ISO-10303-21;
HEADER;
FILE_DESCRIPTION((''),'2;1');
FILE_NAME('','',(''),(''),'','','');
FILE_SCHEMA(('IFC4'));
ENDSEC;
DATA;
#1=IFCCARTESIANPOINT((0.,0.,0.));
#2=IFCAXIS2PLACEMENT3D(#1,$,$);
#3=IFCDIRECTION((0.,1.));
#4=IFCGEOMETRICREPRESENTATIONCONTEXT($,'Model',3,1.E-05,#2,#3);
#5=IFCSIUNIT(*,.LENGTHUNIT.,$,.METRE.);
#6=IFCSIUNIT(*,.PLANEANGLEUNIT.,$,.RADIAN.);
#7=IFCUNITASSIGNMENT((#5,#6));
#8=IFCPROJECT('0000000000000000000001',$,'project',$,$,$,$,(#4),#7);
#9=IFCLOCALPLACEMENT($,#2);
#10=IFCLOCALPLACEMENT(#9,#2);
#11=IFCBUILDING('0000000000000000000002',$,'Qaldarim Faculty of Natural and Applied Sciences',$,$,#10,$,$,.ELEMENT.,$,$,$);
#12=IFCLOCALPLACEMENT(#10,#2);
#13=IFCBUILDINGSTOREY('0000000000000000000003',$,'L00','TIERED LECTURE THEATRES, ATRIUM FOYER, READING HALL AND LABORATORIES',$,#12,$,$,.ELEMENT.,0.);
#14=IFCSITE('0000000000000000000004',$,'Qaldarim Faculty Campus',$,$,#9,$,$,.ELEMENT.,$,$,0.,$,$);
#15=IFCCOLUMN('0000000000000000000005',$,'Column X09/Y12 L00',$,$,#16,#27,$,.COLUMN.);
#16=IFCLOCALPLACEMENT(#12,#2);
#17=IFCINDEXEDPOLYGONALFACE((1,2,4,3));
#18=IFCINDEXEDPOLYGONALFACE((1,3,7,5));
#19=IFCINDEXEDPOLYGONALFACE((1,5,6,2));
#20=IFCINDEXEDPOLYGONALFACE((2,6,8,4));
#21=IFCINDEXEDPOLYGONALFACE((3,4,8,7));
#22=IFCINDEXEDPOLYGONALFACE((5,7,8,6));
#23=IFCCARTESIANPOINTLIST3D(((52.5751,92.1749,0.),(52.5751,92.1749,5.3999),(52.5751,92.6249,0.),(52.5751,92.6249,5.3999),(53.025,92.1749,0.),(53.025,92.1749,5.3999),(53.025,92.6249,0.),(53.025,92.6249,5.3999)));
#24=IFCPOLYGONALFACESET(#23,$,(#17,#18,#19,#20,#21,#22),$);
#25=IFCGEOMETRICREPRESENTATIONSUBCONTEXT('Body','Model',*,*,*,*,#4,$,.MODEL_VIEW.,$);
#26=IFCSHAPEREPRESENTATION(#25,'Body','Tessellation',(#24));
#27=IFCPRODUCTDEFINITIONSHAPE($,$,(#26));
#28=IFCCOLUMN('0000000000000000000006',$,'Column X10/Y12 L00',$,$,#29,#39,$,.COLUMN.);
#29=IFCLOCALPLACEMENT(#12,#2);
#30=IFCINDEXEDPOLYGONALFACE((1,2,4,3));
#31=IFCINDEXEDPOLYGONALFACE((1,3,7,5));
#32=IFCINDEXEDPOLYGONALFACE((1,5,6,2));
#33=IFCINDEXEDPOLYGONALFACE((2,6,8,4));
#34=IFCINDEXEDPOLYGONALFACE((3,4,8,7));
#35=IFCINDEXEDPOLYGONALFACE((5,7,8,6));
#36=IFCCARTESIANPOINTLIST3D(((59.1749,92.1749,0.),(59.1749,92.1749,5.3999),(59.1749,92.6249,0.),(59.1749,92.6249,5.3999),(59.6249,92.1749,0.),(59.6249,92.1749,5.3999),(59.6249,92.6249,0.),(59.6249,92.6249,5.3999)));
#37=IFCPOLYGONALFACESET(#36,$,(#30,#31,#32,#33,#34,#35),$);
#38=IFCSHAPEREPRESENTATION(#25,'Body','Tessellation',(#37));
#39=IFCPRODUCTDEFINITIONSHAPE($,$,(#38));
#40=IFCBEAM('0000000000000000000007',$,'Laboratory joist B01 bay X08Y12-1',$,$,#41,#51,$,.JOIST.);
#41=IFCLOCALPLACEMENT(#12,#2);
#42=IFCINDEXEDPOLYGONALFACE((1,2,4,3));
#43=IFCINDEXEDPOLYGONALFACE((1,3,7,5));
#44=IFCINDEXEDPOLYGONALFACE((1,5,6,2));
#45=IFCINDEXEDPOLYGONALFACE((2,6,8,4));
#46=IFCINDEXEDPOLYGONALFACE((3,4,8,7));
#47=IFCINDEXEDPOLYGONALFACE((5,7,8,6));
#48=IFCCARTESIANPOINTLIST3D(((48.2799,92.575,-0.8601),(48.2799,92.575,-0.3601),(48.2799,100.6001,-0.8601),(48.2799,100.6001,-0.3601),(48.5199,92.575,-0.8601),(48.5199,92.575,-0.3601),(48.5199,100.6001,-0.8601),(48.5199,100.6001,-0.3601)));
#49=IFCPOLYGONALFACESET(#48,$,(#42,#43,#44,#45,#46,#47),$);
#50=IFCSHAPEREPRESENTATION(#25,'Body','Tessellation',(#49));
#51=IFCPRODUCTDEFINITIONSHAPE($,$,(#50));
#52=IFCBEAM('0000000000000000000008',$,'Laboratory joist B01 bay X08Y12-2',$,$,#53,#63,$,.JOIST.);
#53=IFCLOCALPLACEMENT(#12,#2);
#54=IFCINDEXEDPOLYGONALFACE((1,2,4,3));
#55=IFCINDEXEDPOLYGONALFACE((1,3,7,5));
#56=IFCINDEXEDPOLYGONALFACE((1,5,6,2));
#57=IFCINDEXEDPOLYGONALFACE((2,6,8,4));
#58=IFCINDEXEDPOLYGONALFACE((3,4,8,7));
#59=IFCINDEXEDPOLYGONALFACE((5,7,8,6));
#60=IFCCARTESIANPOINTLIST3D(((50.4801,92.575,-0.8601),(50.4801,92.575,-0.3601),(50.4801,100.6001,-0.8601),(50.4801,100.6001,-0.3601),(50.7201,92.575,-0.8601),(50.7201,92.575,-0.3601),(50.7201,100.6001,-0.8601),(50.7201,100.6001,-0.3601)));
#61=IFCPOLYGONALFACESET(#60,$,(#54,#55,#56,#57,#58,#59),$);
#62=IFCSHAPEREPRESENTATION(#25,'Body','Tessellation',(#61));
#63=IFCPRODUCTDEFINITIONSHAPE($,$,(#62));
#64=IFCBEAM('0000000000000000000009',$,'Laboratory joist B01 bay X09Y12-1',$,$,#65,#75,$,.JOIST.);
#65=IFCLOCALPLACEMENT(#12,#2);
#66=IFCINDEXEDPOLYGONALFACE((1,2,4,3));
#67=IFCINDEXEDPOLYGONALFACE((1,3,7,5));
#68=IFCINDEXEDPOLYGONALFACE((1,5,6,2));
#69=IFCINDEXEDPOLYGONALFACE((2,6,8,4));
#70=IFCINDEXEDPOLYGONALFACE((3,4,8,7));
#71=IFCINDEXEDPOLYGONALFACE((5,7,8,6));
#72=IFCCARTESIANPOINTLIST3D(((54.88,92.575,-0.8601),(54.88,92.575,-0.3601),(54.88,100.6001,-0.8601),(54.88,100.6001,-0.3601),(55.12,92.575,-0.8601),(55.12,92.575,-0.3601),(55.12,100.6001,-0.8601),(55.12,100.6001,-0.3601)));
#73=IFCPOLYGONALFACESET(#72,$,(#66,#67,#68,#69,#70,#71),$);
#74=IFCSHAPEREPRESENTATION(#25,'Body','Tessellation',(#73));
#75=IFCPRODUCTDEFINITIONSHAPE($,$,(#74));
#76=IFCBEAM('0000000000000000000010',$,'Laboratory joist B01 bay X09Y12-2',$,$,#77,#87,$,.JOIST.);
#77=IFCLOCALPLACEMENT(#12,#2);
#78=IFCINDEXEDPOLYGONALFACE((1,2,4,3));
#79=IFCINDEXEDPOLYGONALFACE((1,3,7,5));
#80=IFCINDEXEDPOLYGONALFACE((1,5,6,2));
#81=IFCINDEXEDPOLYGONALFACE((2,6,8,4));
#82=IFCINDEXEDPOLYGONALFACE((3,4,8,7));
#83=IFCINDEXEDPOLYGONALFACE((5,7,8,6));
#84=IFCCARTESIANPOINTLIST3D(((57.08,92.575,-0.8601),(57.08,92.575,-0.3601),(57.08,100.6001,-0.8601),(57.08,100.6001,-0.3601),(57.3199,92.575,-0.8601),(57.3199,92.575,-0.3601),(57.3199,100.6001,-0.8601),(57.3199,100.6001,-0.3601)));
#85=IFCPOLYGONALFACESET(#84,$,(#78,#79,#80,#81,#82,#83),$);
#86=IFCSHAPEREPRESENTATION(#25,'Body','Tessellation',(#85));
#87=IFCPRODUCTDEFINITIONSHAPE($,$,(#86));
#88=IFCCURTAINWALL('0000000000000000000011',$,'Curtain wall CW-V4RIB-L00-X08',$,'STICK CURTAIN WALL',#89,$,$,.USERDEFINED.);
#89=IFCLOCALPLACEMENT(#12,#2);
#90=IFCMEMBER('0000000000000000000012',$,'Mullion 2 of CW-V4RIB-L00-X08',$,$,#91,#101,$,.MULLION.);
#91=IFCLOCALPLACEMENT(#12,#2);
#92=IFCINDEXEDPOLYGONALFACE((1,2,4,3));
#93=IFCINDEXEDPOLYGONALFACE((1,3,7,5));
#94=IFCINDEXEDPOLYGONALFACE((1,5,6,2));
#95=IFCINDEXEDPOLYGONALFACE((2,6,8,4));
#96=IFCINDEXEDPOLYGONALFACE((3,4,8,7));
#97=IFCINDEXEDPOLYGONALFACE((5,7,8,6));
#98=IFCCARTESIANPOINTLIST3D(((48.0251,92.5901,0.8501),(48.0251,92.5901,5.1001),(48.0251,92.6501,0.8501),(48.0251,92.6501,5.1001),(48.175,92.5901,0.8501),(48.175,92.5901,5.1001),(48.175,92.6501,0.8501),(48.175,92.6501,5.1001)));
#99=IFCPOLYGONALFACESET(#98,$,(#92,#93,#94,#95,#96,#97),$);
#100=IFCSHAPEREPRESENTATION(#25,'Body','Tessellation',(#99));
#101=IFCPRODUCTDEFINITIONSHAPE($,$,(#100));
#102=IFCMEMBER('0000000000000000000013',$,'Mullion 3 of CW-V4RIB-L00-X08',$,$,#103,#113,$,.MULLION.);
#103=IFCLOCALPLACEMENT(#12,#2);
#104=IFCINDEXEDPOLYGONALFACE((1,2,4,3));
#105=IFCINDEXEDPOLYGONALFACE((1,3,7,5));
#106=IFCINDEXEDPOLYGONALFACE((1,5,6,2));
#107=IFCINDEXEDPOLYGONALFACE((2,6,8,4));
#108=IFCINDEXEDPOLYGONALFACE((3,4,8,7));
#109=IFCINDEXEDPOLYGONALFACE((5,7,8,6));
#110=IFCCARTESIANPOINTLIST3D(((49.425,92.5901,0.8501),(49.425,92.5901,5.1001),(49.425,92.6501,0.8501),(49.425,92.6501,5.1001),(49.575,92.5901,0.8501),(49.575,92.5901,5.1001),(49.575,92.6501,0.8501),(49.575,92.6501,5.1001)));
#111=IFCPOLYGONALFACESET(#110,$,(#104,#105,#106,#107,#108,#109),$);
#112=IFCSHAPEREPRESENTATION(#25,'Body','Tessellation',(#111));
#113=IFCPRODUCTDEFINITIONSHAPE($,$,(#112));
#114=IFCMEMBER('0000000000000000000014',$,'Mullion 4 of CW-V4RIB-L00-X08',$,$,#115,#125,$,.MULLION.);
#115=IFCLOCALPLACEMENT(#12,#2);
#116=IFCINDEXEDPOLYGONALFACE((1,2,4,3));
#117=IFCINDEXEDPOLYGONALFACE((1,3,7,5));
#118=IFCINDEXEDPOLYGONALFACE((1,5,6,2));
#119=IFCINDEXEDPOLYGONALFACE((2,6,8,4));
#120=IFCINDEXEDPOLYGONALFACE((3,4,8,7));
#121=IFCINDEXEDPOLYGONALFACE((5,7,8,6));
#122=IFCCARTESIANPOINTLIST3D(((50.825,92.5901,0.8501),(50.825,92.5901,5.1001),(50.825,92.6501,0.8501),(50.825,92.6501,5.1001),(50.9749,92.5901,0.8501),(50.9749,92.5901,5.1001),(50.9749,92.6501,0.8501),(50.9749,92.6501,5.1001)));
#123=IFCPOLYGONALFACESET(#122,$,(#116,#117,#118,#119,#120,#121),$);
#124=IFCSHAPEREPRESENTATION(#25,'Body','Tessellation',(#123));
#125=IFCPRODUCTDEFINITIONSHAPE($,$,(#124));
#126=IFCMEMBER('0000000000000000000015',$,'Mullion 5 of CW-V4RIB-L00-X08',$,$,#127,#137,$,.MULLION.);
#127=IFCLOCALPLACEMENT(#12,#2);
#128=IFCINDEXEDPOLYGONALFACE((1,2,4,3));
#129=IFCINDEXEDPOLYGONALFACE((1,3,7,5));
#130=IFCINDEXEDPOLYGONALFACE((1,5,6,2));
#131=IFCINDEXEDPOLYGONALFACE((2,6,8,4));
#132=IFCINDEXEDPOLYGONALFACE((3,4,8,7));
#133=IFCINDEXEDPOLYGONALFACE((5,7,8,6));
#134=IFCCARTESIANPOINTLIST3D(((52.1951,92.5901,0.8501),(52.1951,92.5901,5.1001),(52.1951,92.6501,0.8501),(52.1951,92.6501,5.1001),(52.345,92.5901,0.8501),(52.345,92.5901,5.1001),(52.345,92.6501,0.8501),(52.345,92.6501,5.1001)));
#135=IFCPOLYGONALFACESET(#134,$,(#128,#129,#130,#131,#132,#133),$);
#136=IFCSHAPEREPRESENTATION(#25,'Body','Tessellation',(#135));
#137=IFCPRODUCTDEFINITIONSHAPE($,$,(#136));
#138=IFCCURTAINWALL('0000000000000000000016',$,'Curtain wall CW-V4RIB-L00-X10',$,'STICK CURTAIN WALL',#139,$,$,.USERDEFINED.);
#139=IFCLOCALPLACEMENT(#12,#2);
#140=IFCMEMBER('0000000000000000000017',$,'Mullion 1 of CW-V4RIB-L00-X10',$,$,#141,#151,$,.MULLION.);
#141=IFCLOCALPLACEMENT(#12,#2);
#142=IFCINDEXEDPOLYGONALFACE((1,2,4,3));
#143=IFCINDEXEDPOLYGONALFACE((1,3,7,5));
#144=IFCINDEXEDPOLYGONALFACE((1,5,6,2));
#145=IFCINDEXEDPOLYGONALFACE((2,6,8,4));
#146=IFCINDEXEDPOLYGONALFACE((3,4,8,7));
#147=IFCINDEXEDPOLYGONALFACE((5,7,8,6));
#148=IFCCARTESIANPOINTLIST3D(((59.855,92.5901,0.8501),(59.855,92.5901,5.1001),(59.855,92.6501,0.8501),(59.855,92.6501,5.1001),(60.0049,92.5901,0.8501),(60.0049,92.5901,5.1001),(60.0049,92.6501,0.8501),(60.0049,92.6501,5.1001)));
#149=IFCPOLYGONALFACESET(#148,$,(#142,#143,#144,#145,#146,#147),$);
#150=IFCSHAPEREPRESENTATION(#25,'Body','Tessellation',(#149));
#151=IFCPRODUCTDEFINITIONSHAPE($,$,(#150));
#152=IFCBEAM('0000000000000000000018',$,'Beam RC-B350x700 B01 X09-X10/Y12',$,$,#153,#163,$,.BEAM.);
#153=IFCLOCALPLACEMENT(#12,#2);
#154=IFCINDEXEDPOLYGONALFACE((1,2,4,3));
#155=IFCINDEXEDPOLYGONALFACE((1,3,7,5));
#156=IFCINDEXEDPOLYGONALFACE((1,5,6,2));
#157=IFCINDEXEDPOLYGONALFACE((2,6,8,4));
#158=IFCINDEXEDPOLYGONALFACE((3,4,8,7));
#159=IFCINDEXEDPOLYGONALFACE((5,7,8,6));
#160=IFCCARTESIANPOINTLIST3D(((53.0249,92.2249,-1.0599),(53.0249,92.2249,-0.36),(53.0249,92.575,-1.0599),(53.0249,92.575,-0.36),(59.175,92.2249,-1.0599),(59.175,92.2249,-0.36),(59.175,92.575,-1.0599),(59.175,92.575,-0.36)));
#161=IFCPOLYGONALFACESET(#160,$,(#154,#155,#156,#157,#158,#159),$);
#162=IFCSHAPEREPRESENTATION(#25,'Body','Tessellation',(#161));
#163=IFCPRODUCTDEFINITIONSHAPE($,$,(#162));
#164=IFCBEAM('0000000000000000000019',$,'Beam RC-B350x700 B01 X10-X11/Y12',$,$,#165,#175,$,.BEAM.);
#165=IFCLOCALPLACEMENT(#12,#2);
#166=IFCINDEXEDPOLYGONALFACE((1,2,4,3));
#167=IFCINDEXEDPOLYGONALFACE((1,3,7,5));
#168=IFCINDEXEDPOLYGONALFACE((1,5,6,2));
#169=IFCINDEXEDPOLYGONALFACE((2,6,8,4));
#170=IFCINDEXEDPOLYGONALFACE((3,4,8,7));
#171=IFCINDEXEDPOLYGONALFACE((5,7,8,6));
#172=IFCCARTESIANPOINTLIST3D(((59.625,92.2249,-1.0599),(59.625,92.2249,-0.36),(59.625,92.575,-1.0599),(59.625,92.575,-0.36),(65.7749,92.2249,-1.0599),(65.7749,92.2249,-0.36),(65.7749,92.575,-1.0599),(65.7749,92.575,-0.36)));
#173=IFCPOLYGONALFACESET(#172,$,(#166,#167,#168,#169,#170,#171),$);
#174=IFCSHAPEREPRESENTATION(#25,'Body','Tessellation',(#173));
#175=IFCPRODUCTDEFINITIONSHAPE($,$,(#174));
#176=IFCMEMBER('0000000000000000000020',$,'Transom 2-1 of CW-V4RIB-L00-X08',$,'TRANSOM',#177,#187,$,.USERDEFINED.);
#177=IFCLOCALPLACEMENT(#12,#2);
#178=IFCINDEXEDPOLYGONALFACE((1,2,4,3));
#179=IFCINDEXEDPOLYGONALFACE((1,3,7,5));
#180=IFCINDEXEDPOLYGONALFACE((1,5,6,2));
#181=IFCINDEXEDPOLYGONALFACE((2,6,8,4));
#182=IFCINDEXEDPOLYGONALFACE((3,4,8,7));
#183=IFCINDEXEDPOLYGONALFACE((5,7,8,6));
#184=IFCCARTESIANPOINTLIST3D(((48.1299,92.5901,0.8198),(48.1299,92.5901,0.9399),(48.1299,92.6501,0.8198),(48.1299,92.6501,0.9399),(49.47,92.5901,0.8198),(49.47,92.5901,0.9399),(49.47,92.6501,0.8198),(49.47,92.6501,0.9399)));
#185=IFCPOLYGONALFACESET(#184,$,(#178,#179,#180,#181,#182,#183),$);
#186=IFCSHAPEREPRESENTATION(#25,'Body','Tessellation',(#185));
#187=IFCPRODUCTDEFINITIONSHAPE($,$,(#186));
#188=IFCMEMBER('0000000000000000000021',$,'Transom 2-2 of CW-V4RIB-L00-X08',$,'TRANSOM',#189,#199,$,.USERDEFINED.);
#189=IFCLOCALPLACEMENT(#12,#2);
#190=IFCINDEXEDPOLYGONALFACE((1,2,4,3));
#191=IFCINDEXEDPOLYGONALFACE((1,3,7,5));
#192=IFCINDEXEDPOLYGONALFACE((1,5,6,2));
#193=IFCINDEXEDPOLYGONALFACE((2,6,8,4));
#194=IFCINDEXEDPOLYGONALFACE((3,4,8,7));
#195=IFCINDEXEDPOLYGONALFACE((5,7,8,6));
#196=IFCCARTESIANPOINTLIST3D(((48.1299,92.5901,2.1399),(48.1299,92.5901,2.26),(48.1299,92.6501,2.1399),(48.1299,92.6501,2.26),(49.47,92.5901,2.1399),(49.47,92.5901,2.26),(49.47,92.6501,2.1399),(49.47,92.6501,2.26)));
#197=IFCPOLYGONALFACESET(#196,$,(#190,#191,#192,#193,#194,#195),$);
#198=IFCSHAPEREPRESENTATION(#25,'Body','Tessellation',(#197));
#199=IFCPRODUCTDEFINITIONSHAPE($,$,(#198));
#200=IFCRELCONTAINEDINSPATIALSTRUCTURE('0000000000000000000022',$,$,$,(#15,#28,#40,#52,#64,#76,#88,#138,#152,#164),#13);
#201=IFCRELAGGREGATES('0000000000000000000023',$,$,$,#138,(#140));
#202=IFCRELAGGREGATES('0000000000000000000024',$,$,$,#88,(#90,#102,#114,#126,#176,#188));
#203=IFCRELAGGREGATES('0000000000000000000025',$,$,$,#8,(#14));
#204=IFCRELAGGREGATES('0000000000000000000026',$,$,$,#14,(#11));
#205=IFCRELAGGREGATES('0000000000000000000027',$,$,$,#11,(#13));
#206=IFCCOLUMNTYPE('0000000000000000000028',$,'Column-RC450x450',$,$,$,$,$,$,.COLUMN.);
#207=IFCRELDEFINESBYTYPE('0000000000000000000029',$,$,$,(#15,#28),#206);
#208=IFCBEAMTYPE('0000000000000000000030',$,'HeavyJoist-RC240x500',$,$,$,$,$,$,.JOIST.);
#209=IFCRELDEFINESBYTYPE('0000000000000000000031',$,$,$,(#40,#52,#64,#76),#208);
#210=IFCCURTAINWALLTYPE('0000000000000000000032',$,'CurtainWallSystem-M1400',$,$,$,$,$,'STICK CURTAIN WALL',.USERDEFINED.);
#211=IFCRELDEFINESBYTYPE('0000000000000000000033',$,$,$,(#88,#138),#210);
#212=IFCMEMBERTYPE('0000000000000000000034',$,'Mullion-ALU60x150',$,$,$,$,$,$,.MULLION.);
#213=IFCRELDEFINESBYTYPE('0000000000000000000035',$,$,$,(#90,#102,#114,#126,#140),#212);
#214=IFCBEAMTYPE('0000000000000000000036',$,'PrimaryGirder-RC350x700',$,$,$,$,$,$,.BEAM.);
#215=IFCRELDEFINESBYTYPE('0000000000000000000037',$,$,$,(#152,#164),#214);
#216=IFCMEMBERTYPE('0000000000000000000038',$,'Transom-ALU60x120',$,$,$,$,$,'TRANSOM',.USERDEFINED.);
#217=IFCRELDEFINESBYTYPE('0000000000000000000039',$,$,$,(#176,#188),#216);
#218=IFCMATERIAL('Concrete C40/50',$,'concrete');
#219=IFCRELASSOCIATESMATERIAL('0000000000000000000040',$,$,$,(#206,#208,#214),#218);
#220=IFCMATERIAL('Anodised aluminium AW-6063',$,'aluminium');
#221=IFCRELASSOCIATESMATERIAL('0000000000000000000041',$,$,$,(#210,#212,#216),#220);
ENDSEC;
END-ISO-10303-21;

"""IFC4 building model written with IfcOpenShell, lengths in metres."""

from ifc_helpers import new_model, si_unit, direction, frame, origin, origin_2d, place, context, subcontext, project, spatial, rectangle, extrude, material, material_profile, profile_set, type_object, element, aggregate, save


model = new_model("IFC4")

# Units and contexts
model_context = context("Model", 3, precision=1e-05, world=origin(), true_north=direction((0.0, 1.0)))
body_context = subcontext(model_context, "Body", "Model", "MODEL_VIEW")
ifc_project = project(units=[si_unit("LENGTHUNIT", "METRE"), si_unit("PLANEANGLEUNIT", "RADIAN")], contexts=[model_context])

# Site, building, storey
site_placement = place(None, origin())
site = spatial("IfcSite", under=ifc_project, at=site_placement, Name="Qaldarim Faculty Campus", CompositionType="ELEMENT", RefElevation=0.0)
building_placement = place(site_placement, origin())
building = spatial("IfcBuilding", under=site, at=building_placement, Name="Qaldarim Faculty of Natural and Applied Sciences", CompositionType="ELEMENT")
storey_placement = place(building_placement, origin())
storey = spatial("IfcBuildingStorey", under=building, at=storey_placement, Name="L00", Description="TIERED LECTURE THEATRES, ATRIUM FOYER, READING HALL AND LABORATORIES", CompositionType="ELEMENT", Elevation=0.0)

# Columns
ifc_material_1 = material(Name="Concrete C40/50", Category="concrete")
ifc_material_profile_1 = material_profile(ifc_material_1, rectangle(XDim=0.45, YDim=0.45, at=origin_2d()), Name="RC-C450x450")
ifc_profile_set_1 = profile_set([ifc_material_profile_1], Name="Concrete C40/50")
column_type = type_object("IfcColumnType", Name="Column-RC450x450", PredefinedType="COLUMN", material=ifc_profile_set_1)
for number, where, z_axis, x_axis, name in (
    (1, (52.8, 92.3999, 0.0), (0.0, 0.0, 1.0), (1.0, 0.0, 0.0), "Column X09/Y12 L00"),
    (2, (59.3999, 92.3999, 0.0), (0.0, 0.0, 1.0), (1.0, 0.0, 0.0), "Column X10/Y12 L00"),
):
    element("IfcColumn", number, at=place(storey_placement, frame(where, z_axis=z_axis, x_axis=x_axis)), inside=storey, type_object=column_type, Name=name, PredefinedType="COLUMN", context=body_context, shape_type="SweptSolid", body=[
        extrude(rectangle(XDim=0.45, YDim=0.45, at=origin_2d()), origin(), (0.0, 0.0, 1.0), 5.3999),
    ])

# Beams
ifc_material_profile_2 = material_profile(ifc_material_1, rectangle(XDim=0.24, YDim=0.5, at=origin_2d()), Name="RC-J240x500")
ifc_profile_set_2 = profile_set([ifc_material_profile_2], Name="Concrete C40/50")
beam_type_1 = type_object("IfcBeamType", Name="HeavyJoist-RC240x500", PredefinedType="JOIST", material=ifc_profile_set_2)
for number, where, z_axis, x_axis, name in (
    (3, (48.3999, 92.575, -0.6101), (0.0, 1.0, 0.0), (-1.0, 0.0, 0.0), "Laboratory joist B01 bay X08Y12-1"),
    (4, (50.6001, 92.575, -0.6101), (0.0, 1.0, 0.0), (-1.0, 0.0, 0.0), "Laboratory joist B01 bay X08Y12-2"),
    (5, (55.0, 92.575, -0.6101), (0.0, 1.0, 0.0), (-1.0, 0.0, 0.0), "Laboratory joist B01 bay X09Y12-1"),
    (6, (57.2, 92.575, -0.6101), (0.0, 1.0, 0.0), (-1.0, 0.0, 0.0), "Laboratory joist B01 bay X09Y12-2"),
):
    element("IfcBeam", number, at=place(storey_placement, frame(where, z_axis=z_axis, x_axis=x_axis)), inside=storey, type_object=beam_type_1, Name=name, PredefinedType="JOIST", context=body_context, shape_type="SweptSolid", body=[
        extrude(rectangle(XDim=0.24, YDim=0.5, at=origin_2d()), origin(), (0.0, 0.0, 1.0), 8.0251),
    ])

# Curtain wall, members
ifc_material_2 = material(Name="Anodised aluminium AW-6063", Category="aluminium")
curtain_wall_type = type_object("IfcCurtainWallType", Name="CurtainWallSystem-M1400", ElementType="STICK CURTAIN WALL", PredefinedType="USERDEFINED", material=ifc_material_2)
curtain_wall_1_placement = place(storey_placement, origin())
curtain_wall_1 = element("IfcCurtainWall", 7, at=curtain_wall_1_placement, inside=storey, type_object=curtain_wall_type, Name="Curtain wall CW-V4RIB-L00-X08", ObjectType="STICK CURTAIN WALL", PredefinedType="USERDEFINED")
ifc_material_profile_3 = material_profile(ifc_material_2, rectangle(XDim=0.0601, YDim=0.1499, at=origin_2d()), Name="ALU-M60x150")
ifc_profile_set_3 = profile_set([ifc_material_profile_3], Name="Anodised aluminium AW-6063")
member_type_1 = type_object("IfcMemberType", Name="Mullion-ALU60x150", PredefinedType="MULLION", material=ifc_profile_set_3)
member_1_placement = place(storey_placement, frame((48.1001, 92.6201, 0.8501), z_axis=(0.0, 0.0, 1.0), x_axis=(0.0, 1.0, 0.0)))
member_1 = element("IfcMember", 8, at=member_1_placement, type_object=member_type_1, Name="Mullion 2 of CW-V4RIB-L00-X08", PredefinedType="MULLION", context=body_context, shape_type="SweptSolid", body=[
    extrude(rectangle(XDim=0.0601, YDim=0.1499, at=origin_2d()), origin(), (0.0, 0.0, 1.0), 4.25),
])
member_2_placement = place(storey_placement, frame((49.5, 92.6201, 0.8501), z_axis=(0.0, 0.0, 1.0), x_axis=(0.0, 1.0, 0.0)))
member_2 = element("IfcMember", 9, at=member_2_placement, type_object=member_type_1, Name="Mullion 3 of CW-V4RIB-L00-X08", PredefinedType="MULLION", context=body_context, shape_type="SweptSolid", body=[
    extrude(rectangle(XDim=0.0601, YDim=0.1499, at=origin_2d()), origin(), (0.0, 0.0, 1.0), 4.25),
])
member_3_placement = place(storey_placement, frame((50.8999, 92.6201, 0.8501), z_axis=(0.0, 0.0, 1.0), x_axis=(0.0, 1.0, 0.0)))
member_3 = element("IfcMember", 10, at=member_3_placement, type_object=member_type_1, Name="Mullion 4 of CW-V4RIB-L00-X08", PredefinedType="MULLION", context=body_context, shape_type="SweptSolid", body=[
    extrude(rectangle(XDim=0.0601, YDim=0.1499, at=origin_2d()), origin(), (0.0, 0.0, 1.0), 4.25),
])
member_4_placement = place(storey_placement, frame((52.27, 92.6201, 0.8501), z_axis=(0.0, 0.0, 1.0), x_axis=(0.0, 1.0, 0.0)))
member_4 = element("IfcMember", 11, at=member_4_placement, type_object=member_type_1, Name="Mullion 5 of CW-V4RIB-L00-X08", PredefinedType="MULLION", context=body_context, shape_type="SweptSolid", body=[
    extrude(rectangle(XDim=0.0601, YDim=0.1499, at=origin_2d()), origin(), (0.0, 0.0, 1.0), 4.25),
])

# Curtain wall, member
curtain_wall_2_placement = place(storey_placement, origin())
curtain_wall_2 = element("IfcCurtainWall", 12, at=curtain_wall_2_placement, inside=storey, type_object=curtain_wall_type, Name="Curtain wall CW-V4RIB-L00-X10", ObjectType="STICK CURTAIN WALL", PredefinedType="USERDEFINED")
member_5_placement = place(storey_placement, frame((59.9299, 92.6201, 0.8501), z_axis=(0.0, 0.0, 1.0), x_axis=(0.0, 1.0, 0.0)))
member_5 = element("IfcMember", 13, at=member_5_placement, type_object=member_type_1, Name="Mullion 1 of CW-V4RIB-L00-X10", PredefinedType="MULLION", context=body_context, shape_type="SweptSolid", body=[
    extrude(rectangle(XDim=0.0601, YDim=0.1499, at=origin_2d()), origin(), (0.0, 0.0, 1.0), 4.25),
])

# Beams
ifc_material_profile_4 = material_profile(ifc_material_1, rectangle(XDim=0.3501, YDim=0.7, at=origin_2d()), Name="RC-B350x700")
ifc_profile_set_4 = profile_set([ifc_material_profile_4], Name="Concrete C40/50")
beam_type_2 = type_object("IfcBeamType", Name="PrimaryGirder-RC350x700", PredefinedType="BEAM", material=ifc_profile_set_4)
beam_1_placement = place(storey_placement, frame((53.0249, 92.3999, -0.71), z_axis=(1.0, 0.0, 0.0), x_axis=(0.0, 1.0, 0.0)))
element("IfcBeam", 14, at=beam_1_placement, inside=storey, type_object=beam_type_2, Name="Beam RC-B350x700 B01 X09-X10/Y12", PredefinedType="BEAM", context=body_context, shape_type="SweptSolid", body=[
    extrude(rectangle(XDim=0.3501, YDim=0.7, at=origin_2d()), origin(), (0.0, 0.0, 1.0), 6.1501),
])
beam_2_placement = place(storey_placement, frame((59.625, 92.3999, -0.71), z_axis=(1.0, 0.0, 0.0), x_axis=(0.0, 1.0, 0.0)))
element("IfcBeam", 15, at=beam_2_placement, inside=storey, type_object=beam_type_2, Name="Beam RC-B350x700 B01 X10-X11/Y12", PredefinedType="BEAM", context=body_context, shape_type="SweptSolid", body=[
    extrude(rectangle(XDim=0.3501, YDim=0.7, at=origin_2d()), origin(), (0.0, 0.0, 1.0), 6.1499),
])

# Members
ifc_material_profile_5 = material_profile(ifc_material_2, rectangle(XDim=0.0601, YDim=0.1201, at=origin_2d()), Name="ALU-T60x120")
ifc_profile_set_5 = profile_set([ifc_material_profile_5], Name="Anodised aluminium AW-6063")
member_type_2 = type_object("IfcMemberType", Name="Transom-ALU60x120", ElementType="TRANSOM", PredefinedType="USERDEFINED", material=ifc_profile_set_5)
member_6_placement = place(storey_placement, frame((48.1299, 92.6201, 0.8799), z_axis=(1.0, 0.0, 0.0), x_axis=(0.0, 1.0, 0.0)))
member_6 = element("IfcMember", 16, at=member_6_placement, type_object=member_type_2, Name="Transom 2-1 of CW-V4RIB-L00-X08", ObjectType="TRANSOM", PredefinedType="USERDEFINED", context=body_context, shape_type="SweptSolid", body=[
    extrude(rectangle(XDim=0.0601, YDim=0.1201, at=origin_2d()), origin(), (0.0, 0.0, 1.0), 1.3401),
])
member_7_placement = place(storey_placement, frame((48.1299, 92.6201, 2.2), z_axis=(1.0, 0.0, 0.0), x_axis=(0.0, 1.0, 0.0)))
member_7 = element("IfcMember", 17, at=member_7_placement, type_object=member_type_2, Name="Transom 2-2 of CW-V4RIB-L00-X08", ObjectType="TRANSOM", PredefinedType="USERDEFINED", context=body_context, shape_type="SweptSolid", body=[
    extrude(rectangle(XDim=0.0601, YDim=0.1201, at=origin_2d()), origin(), (0.0, 0.0, 1.0), 1.3401),
])
aggregate(curtain_wall_2, [member_5])

aggregate(curtain_wall_1, [member_1, member_2, member_3, member_4, member_6, member_7])

save(model, "model.ifc")
